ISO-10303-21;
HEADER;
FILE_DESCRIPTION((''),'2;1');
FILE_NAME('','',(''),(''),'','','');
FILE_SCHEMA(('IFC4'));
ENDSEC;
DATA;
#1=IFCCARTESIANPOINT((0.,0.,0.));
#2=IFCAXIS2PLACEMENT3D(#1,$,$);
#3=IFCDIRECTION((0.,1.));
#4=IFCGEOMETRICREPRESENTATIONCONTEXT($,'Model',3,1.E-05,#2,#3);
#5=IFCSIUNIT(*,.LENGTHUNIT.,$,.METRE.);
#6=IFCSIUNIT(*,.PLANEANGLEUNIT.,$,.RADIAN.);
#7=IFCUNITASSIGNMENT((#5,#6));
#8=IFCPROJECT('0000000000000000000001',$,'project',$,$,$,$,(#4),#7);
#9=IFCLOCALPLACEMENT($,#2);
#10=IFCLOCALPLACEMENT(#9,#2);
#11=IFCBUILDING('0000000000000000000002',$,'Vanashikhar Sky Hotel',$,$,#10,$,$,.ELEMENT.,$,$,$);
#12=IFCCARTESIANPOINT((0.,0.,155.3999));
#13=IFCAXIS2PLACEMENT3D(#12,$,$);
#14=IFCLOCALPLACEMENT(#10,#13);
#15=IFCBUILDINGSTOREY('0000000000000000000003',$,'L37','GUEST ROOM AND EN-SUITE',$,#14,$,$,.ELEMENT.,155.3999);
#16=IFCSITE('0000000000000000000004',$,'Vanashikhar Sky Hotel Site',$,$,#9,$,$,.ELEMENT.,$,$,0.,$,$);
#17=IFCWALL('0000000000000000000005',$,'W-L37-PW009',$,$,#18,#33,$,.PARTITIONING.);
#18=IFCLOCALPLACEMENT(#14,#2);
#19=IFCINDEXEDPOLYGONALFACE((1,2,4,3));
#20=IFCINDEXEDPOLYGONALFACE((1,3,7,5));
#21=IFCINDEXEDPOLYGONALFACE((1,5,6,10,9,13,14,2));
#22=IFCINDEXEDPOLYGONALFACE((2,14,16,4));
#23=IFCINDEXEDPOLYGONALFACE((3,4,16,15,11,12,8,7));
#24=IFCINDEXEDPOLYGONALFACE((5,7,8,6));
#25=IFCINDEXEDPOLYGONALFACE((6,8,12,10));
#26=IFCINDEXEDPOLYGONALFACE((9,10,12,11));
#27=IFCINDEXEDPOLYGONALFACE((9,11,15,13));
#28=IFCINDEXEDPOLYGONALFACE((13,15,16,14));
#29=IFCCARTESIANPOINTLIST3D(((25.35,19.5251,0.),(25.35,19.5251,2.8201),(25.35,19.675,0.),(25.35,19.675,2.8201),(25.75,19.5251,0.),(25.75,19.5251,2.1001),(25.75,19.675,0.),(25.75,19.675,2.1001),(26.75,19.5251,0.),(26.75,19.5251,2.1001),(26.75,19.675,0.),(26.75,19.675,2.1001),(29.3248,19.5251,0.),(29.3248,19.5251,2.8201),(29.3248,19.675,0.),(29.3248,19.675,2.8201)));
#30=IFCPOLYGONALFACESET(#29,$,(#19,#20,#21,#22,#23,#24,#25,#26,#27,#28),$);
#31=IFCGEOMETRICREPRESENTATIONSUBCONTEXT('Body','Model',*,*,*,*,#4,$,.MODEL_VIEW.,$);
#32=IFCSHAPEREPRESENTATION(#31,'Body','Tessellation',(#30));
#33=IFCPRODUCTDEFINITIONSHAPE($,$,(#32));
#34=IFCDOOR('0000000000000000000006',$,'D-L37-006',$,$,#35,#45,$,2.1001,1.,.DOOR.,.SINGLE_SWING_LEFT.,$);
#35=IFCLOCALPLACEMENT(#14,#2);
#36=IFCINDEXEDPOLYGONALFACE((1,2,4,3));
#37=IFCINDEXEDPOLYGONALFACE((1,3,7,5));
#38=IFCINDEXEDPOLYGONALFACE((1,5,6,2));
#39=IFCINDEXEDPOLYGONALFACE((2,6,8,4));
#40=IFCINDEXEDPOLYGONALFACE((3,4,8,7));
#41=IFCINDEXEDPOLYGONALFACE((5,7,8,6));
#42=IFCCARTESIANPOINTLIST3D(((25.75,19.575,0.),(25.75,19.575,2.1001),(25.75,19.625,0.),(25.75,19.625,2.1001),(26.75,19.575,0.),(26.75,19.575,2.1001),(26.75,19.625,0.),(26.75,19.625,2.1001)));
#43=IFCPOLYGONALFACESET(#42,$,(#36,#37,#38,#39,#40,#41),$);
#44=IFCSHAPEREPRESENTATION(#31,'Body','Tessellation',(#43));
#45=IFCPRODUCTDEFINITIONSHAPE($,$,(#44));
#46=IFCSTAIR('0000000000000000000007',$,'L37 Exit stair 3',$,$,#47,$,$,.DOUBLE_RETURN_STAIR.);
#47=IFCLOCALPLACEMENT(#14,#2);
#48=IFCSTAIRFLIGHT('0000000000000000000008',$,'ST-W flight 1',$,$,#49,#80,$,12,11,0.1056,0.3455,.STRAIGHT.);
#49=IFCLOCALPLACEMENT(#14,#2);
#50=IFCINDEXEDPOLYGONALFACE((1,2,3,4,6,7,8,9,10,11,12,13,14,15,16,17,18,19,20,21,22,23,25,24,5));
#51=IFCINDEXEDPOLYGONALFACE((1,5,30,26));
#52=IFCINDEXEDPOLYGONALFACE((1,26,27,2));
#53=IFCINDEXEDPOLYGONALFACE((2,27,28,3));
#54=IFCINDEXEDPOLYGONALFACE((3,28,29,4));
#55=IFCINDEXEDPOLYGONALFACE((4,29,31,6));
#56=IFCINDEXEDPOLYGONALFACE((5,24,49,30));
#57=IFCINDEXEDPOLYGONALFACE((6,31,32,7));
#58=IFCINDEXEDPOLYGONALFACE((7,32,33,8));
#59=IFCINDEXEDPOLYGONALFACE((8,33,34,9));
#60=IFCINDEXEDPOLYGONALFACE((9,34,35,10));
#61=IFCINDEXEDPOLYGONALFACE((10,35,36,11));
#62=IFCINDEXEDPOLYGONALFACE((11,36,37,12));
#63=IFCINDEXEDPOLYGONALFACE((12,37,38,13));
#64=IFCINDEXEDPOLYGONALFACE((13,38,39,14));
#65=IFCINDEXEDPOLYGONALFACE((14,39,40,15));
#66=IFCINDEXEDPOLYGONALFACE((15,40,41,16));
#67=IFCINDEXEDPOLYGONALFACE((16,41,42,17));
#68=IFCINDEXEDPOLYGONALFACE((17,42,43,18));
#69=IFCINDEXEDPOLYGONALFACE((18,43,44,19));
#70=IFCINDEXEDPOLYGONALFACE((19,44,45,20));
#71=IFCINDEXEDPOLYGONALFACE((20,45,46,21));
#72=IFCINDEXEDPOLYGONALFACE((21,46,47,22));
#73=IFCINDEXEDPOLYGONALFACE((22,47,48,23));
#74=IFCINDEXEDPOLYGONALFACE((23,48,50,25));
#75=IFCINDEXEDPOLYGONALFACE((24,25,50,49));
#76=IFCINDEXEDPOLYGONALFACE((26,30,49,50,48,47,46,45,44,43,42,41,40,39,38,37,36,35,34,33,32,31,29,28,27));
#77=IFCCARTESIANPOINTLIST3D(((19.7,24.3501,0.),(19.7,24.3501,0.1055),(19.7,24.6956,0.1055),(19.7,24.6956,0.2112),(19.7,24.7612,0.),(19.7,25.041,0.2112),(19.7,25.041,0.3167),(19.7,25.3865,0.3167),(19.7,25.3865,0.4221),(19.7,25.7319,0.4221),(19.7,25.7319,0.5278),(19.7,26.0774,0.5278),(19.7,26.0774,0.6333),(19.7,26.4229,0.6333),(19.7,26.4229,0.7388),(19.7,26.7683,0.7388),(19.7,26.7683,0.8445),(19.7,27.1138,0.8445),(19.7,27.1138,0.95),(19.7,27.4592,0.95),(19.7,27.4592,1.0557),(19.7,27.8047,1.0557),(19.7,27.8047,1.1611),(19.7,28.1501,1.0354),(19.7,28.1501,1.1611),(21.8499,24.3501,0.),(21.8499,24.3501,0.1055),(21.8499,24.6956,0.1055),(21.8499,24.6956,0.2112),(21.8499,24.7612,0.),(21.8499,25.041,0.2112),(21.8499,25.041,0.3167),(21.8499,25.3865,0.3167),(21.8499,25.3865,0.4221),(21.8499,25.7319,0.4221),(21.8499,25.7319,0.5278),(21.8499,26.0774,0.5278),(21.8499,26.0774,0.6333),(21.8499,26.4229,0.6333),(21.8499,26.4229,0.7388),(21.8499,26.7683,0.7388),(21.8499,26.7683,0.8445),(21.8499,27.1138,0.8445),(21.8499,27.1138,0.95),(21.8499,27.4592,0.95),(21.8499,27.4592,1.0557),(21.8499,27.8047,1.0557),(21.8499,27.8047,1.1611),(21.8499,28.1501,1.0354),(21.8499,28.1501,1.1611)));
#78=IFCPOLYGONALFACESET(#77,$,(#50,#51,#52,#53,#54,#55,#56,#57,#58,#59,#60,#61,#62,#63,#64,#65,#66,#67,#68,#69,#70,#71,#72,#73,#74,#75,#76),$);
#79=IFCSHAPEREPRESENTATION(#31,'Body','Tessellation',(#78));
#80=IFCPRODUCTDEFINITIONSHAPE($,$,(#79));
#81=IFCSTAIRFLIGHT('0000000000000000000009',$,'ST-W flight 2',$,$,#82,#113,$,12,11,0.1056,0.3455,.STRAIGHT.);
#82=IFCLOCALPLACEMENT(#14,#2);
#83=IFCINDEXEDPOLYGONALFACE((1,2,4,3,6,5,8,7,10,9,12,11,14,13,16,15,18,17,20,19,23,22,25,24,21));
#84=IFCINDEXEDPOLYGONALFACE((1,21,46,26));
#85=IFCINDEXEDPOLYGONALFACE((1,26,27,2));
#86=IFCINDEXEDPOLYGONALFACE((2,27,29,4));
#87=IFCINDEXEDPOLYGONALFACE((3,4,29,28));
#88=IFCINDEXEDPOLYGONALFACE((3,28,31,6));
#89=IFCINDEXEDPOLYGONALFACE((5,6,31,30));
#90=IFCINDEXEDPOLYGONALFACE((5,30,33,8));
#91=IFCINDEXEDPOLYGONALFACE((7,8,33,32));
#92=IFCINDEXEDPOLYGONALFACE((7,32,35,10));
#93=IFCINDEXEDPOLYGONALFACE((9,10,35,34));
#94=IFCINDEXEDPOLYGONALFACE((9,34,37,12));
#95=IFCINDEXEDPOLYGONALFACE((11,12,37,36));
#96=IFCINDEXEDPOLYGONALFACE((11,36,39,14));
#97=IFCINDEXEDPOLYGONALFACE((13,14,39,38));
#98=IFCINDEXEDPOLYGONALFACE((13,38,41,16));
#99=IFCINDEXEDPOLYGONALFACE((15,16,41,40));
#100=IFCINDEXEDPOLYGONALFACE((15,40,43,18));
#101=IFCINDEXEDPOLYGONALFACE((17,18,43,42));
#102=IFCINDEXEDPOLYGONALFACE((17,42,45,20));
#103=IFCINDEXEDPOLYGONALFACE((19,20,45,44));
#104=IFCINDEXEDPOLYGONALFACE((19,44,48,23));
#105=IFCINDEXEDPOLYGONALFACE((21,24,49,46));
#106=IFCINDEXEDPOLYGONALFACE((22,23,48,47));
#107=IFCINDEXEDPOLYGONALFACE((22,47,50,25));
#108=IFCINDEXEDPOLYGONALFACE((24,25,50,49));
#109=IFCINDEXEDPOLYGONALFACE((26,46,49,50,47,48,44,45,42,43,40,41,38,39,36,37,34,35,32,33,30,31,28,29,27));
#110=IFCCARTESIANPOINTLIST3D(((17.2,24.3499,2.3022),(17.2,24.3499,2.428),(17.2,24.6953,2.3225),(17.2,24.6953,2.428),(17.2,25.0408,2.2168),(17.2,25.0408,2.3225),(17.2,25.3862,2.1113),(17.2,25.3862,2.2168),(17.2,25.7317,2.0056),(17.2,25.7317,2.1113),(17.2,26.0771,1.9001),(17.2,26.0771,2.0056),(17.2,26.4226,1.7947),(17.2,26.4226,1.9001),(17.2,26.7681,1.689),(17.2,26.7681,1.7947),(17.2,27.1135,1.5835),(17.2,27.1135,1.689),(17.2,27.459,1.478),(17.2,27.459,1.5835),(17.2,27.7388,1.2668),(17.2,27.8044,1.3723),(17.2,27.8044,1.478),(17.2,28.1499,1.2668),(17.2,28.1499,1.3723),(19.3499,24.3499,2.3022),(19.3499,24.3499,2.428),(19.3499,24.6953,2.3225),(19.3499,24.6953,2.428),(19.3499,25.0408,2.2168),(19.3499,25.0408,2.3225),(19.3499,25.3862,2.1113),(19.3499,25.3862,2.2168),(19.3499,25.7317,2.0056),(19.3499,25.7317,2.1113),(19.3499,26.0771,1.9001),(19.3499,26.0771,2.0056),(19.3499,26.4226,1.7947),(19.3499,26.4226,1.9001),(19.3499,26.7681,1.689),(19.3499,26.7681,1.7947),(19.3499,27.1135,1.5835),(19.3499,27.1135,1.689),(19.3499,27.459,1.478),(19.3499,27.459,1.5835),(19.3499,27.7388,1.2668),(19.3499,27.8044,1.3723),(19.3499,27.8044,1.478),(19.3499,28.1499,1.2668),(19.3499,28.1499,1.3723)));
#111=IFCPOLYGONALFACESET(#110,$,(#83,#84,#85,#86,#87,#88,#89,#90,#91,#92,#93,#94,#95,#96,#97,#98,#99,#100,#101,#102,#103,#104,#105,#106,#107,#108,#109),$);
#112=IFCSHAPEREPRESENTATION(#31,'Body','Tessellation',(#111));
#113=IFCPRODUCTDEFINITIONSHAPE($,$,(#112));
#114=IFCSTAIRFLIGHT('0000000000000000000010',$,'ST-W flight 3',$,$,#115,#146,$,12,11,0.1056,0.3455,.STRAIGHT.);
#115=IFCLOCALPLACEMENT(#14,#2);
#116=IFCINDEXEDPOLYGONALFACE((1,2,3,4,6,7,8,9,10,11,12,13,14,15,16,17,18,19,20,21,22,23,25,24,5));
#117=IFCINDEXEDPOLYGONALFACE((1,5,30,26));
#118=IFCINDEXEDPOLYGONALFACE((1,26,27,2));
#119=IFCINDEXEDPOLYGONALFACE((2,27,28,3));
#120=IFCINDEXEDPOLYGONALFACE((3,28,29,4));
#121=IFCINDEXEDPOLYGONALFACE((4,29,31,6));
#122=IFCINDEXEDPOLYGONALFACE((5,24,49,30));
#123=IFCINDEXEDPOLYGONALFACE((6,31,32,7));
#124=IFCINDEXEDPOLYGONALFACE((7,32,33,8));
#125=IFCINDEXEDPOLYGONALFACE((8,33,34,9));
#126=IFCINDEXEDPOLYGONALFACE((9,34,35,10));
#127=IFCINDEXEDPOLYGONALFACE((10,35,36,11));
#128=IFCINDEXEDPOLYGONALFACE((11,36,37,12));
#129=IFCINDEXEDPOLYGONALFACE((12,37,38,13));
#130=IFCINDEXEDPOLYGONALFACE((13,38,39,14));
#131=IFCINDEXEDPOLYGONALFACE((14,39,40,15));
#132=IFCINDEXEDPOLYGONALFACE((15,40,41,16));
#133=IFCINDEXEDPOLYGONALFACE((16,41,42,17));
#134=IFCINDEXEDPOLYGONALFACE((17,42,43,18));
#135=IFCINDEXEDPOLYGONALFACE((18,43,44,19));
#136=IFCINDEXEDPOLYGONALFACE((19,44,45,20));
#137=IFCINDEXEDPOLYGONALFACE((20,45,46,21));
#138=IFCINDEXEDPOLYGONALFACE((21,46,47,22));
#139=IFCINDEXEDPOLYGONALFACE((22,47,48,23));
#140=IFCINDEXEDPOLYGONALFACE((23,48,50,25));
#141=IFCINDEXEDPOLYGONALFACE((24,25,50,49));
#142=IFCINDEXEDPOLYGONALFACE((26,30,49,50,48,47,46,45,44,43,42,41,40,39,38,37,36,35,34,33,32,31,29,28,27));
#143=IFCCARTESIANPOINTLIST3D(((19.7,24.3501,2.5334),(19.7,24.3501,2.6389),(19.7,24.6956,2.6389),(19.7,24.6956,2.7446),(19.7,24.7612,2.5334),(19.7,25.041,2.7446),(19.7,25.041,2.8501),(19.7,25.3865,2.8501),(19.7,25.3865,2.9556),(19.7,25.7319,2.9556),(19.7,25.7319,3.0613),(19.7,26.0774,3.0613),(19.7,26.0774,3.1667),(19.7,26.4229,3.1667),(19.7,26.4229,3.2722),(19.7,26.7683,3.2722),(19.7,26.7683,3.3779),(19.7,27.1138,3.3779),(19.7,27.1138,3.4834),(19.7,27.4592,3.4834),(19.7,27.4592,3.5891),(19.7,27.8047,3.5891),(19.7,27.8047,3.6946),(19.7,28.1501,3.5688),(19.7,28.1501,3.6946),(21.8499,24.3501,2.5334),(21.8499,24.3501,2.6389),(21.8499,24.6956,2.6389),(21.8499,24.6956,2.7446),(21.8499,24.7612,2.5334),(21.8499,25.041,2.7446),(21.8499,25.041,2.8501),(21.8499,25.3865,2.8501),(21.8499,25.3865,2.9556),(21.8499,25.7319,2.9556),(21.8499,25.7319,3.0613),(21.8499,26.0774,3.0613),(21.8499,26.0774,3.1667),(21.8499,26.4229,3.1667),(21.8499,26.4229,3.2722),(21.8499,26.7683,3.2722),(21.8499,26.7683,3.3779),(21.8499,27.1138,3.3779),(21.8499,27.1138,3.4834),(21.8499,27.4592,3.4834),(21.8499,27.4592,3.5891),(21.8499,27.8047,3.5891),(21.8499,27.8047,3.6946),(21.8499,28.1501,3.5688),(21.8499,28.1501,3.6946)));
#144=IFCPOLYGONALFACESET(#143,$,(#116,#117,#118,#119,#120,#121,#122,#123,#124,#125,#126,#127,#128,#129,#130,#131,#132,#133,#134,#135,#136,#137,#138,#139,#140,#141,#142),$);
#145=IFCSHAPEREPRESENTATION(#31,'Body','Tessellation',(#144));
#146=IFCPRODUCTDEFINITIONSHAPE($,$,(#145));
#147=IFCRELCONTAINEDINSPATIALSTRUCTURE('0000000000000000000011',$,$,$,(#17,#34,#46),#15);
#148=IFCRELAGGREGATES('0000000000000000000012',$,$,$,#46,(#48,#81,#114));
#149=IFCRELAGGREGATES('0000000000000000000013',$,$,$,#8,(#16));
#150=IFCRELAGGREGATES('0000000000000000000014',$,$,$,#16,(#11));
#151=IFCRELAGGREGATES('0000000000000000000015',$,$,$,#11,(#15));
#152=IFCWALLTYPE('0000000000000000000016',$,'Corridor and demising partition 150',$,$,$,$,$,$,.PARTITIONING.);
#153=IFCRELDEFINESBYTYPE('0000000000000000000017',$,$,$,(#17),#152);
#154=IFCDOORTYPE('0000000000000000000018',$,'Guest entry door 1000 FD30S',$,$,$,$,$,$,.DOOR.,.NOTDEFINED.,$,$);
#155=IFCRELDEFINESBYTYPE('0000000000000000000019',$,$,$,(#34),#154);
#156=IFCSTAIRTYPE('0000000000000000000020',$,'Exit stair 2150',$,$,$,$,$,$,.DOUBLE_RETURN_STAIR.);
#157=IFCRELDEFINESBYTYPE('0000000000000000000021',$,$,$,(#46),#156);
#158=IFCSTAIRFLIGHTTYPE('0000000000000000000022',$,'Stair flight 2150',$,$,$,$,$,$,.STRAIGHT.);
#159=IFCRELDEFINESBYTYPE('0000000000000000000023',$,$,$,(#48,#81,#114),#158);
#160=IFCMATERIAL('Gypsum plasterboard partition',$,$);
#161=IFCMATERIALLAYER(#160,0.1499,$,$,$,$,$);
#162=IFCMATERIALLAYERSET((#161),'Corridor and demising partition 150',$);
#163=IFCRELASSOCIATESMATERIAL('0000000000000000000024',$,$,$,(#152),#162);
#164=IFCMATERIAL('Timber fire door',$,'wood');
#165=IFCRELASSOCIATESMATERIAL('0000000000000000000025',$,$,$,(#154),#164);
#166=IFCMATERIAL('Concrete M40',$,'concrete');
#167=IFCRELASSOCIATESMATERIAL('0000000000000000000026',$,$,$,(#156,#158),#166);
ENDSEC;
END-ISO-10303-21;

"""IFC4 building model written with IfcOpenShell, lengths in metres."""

from ifc_helpers import new_model, si_unit, direction, frame, frame_2d, origin, place, context, subcontext, project, spatial, polyline, rectangle, outline, extrude, source, transform, mapped, material, layer, layer_set, type_object, element, fill, aggregate, save


model = new_model("IFC4")

# Units and contexts
model_context = context("Model", 3, precision=1e-05, world=origin(), true_north=direction((0.0, 1.0)))
body_context = subcontext(model_context, "Body", "Model", "MODEL_VIEW")
ifc_project = project(units=[si_unit("LENGTHUNIT", "METRE"), si_unit("PLANEANGLEUNIT", "RADIAN")], contexts=[model_context])

# Site, building, storey
site_placement = place(None, origin())
site = spatial("IfcSite", under=ifc_project, at=site_placement, Name="Vanashikhar Sky Hotel Site", CompositionType="ELEMENT", RefElevation=0.0)
building_placement = place(site_placement, origin())
building = spatial("IfcBuilding", under=site, at=building_placement, Name="Vanashikhar Sky Hotel", CompositionType="ELEMENT")
storey_placement = place(building_placement, frame((0.0, 0.0, 155.3999)))
storey = spatial("IfcBuildingStorey", under=building, at=storey_placement, Name="L37", Description="GUEST ROOM AND EN-SUITE", CompositionType="ELEMENT", Elevation=155.3999)

# Wall, opening, door
ifc_material_1 = material(Name="Gypsum plasterboard partition")
ifc_layer_1 = layer(ifc_material_1, 0.1499)
ifc_layer_set_1 = layer_set([ifc_layer_1], Name="Corridor and demising partition 150")
wall_type_1 = type_object("IfcWallType", Name="Corridor and demising partition 150", PredefinedType="PARTITIONING", material=ifc_layer_set_1)
shared_shape_1 = source(origin(), body_context, "Body", "SweptSolid", [
    extrude(rectangle(XDim=3.9749, YDim=0.1499, at=frame_2d((1.9873, 0.0))), origin(), (0.0, 0.0, 1.0), 2.8201),
])
wall_1_placement = place(storey_placement, frame((25.3501, 19.6001, 0.0), z_axis=(0.0, 0.0, 1.0), x_axis=(1.0, 0.0, 0.0)))
wall_1 = element("IfcWall", 1, at=wall_1_placement, inside=storey, type_object=wall_type_1, Name="W-L37-PW009", PredefinedType="PARTITIONING", context=body_context, shape_type="MappedRepresentation", body=[
    mapped(shared_shape_1, transform((0.0, 0.0, 0.0), scale=1.0)),
])
shared_shape_2 = source(origin(), body_context, "Body", "SweptSolid", [
    extrude(rectangle(XDim=1.0, YDim=2.1001, at=frame_2d((0.5, 1.05))), frame((0.0, 0.085, 0.0), z_axis=(0.0, -1.0, 0.0), x_axis=(1.0, 0.0, 0.0)), (0.0, 0.0, 1.0), 0.1699),
])
opening_1_placement = place(wall_1_placement, frame((0.3999, 0.0, 0.0)))
opening_1 = element("IfcOpeningElement", 2, at=opening_1_placement, cuts=wall_1, PredefinedType="OPENING", context=body_context, shape_type="MappedRepresentation", body=[
    mapped(shared_shape_2, transform((0.0, 0.0, 0.0), scale=1.0)),
])
ifc_material_2 = material(Name="Timber fire door", Category="wood")
door_type_1 = type_object("IfcDoorType", Name="Guest entry door 1000 FD30S", OperationType="NOTDEFINED", PredefinedType="DOOR", material=ifc_material_2)
shared_shape_3 = source(origin(), body_context, "Body", "SweptSolid", [
    extrude(rectangle(XDim=1.0, YDim=2.1001, at=frame_2d((0.5, 1.05))), frame((0.0, 0.0249, 0.0), z_axis=(0.0, -1.0, 0.0), x_axis=(1.0, 0.0, 0.0)), (0.0, 0.0, 1.0), 0.05),
])
door_1_placement = place(opening_1_placement, origin())
door_1 = element("IfcDoor", 3, at=door_1_placement, inside=storey, type_object=door_type_1, Name="D-L37-006", OperationType="SINGLE_SWING_LEFT", OverallHeight=2.1001, OverallWidth=1.0, PredefinedType="DOOR", context=body_context, shape_type="MappedRepresentation", body=[
    mapped(shared_shape_3, transform((0.0, 0.0, 0.0), scale=1.0)),
])
fill(opening_1, door_1)

# Stair, stair flights
ifc_material_3 = material(Name="Concrete M40", Category="concrete")
stair_type = type_object("IfcStairType", Name="Exit stair 2150", PredefinedType="DOUBLE_RETURN_STAIR", material=ifc_material_3)
stair_placement = place(storey_placement, origin())
stair = element("IfcStair", 4, at=stair_placement, inside=storey, type_object=stair_type, Name="L37 Exit stair 3", PredefinedType="DOUBLE_RETURN_STAIR")
stair_flight_type = type_object("IfcStairFlightType", Name="Stair flight 2150", PredefinedType="STRAIGHT", material=ifc_material_3)
shared_shape_4 = source(origin(), body_context, "Body", "SweptSolid", [
    extrude(outline(polyline([(0.0, 0.0), (0.0, 0.1055), (0.3455, 0.1055), (0.3455, 0.2112), (0.6909, 0.2112), (0.6909, 0.3167), (1.0364, 0.3167), (1.0364, 0.4221), (1.3818, 0.4221), (1.3818, 0.5278), (1.7273, 0.5278), (1.7273, 0.6333), (2.0728, 0.6333), (2.0728, 0.7388), (2.4182, 0.7388), (2.4182, 0.8445), (2.7637, 0.8445), (2.7637, 0.95), (3.1091, 0.95), (3.1091, 1.0557), (3.4546, 1.0557), (3.4546, 1.1611), (3.8, 1.1611), (3.8, 1.2666), (3.8, 1.0354), (0.4111, 0.0), (0.0, 0.0)])), frame((0.0, 1.075, 0.0), z_axis=(0.0, -1.0, 0.0), x_axis=(1.0, 0.0, 0.0)), (0.0, 0.0, 1.0), 2.1499),
])
stair_flight_1_placement = place(storey_placement, frame((20.7749, 24.3501, 0.0), z_axis=(0.0, 0.0, 1.0), x_axis=(0.0, 1.0, 0.0)))
stair_flight_1 = element("IfcStairFlight", 5, at=stair_flight_1_placement, type_object=stair_flight_type, Name="ST-W flight 1", NumberOfRisers=12, NumberOfTreads=11, PredefinedType="STRAIGHT", RiserHeight=0.1056, TreadLength=0.3455, context=body_context, shape_type="MappedRepresentation", body=[
    mapped(shared_shape_4, transform((0.0, 0.0, 0.0), scale=1.0)),
])
stair_flight_2_placement = place(storey_placement, frame((18.2749, 28.1499, 1.2668), z_axis=(0.0, 0.0, 1.0), x_axis=(0.0, -1.0, 0.0)))
stair_flight_2 = element("IfcStairFlight", 6, at=stair_flight_2_placement, type_object=stair_flight_type, Name="ST-W flight 2", NumberOfRisers=12, NumberOfTreads=11, PredefinedType="STRAIGHT", RiserHeight=0.1056, TreadLength=0.3455, context=body_context, shape_type="MappedRepresentation", body=[
    mapped(shared_shape_4, transform((0.0, 0.0, 0.0), scale=1.0)),
])
stair_flight_3_placement = place(storey_placement, frame((20.7749, 24.3501, 2.5334), z_axis=(0.0, 0.0, 1.0), x_axis=(0.0, 1.0, 0.0)))
stair_flight_3 = element("IfcStairFlight", 7, at=stair_flight_3_placement, type_object=stair_flight_type, Name="ST-W flight 3", NumberOfRisers=12, NumberOfTreads=11, PredefinedType="STRAIGHT", RiserHeight=0.1056, TreadLength=0.3455, context=body_context, shape_type="MappedRepresentation", body=[
    mapped(shared_shape_4, transform((0.0, 0.0, 0.0), scale=1.0)),
])
aggregate(stair, [stair_flight_1, stair_flight_2, stair_flight_3])

save(model, "model.ifc")
